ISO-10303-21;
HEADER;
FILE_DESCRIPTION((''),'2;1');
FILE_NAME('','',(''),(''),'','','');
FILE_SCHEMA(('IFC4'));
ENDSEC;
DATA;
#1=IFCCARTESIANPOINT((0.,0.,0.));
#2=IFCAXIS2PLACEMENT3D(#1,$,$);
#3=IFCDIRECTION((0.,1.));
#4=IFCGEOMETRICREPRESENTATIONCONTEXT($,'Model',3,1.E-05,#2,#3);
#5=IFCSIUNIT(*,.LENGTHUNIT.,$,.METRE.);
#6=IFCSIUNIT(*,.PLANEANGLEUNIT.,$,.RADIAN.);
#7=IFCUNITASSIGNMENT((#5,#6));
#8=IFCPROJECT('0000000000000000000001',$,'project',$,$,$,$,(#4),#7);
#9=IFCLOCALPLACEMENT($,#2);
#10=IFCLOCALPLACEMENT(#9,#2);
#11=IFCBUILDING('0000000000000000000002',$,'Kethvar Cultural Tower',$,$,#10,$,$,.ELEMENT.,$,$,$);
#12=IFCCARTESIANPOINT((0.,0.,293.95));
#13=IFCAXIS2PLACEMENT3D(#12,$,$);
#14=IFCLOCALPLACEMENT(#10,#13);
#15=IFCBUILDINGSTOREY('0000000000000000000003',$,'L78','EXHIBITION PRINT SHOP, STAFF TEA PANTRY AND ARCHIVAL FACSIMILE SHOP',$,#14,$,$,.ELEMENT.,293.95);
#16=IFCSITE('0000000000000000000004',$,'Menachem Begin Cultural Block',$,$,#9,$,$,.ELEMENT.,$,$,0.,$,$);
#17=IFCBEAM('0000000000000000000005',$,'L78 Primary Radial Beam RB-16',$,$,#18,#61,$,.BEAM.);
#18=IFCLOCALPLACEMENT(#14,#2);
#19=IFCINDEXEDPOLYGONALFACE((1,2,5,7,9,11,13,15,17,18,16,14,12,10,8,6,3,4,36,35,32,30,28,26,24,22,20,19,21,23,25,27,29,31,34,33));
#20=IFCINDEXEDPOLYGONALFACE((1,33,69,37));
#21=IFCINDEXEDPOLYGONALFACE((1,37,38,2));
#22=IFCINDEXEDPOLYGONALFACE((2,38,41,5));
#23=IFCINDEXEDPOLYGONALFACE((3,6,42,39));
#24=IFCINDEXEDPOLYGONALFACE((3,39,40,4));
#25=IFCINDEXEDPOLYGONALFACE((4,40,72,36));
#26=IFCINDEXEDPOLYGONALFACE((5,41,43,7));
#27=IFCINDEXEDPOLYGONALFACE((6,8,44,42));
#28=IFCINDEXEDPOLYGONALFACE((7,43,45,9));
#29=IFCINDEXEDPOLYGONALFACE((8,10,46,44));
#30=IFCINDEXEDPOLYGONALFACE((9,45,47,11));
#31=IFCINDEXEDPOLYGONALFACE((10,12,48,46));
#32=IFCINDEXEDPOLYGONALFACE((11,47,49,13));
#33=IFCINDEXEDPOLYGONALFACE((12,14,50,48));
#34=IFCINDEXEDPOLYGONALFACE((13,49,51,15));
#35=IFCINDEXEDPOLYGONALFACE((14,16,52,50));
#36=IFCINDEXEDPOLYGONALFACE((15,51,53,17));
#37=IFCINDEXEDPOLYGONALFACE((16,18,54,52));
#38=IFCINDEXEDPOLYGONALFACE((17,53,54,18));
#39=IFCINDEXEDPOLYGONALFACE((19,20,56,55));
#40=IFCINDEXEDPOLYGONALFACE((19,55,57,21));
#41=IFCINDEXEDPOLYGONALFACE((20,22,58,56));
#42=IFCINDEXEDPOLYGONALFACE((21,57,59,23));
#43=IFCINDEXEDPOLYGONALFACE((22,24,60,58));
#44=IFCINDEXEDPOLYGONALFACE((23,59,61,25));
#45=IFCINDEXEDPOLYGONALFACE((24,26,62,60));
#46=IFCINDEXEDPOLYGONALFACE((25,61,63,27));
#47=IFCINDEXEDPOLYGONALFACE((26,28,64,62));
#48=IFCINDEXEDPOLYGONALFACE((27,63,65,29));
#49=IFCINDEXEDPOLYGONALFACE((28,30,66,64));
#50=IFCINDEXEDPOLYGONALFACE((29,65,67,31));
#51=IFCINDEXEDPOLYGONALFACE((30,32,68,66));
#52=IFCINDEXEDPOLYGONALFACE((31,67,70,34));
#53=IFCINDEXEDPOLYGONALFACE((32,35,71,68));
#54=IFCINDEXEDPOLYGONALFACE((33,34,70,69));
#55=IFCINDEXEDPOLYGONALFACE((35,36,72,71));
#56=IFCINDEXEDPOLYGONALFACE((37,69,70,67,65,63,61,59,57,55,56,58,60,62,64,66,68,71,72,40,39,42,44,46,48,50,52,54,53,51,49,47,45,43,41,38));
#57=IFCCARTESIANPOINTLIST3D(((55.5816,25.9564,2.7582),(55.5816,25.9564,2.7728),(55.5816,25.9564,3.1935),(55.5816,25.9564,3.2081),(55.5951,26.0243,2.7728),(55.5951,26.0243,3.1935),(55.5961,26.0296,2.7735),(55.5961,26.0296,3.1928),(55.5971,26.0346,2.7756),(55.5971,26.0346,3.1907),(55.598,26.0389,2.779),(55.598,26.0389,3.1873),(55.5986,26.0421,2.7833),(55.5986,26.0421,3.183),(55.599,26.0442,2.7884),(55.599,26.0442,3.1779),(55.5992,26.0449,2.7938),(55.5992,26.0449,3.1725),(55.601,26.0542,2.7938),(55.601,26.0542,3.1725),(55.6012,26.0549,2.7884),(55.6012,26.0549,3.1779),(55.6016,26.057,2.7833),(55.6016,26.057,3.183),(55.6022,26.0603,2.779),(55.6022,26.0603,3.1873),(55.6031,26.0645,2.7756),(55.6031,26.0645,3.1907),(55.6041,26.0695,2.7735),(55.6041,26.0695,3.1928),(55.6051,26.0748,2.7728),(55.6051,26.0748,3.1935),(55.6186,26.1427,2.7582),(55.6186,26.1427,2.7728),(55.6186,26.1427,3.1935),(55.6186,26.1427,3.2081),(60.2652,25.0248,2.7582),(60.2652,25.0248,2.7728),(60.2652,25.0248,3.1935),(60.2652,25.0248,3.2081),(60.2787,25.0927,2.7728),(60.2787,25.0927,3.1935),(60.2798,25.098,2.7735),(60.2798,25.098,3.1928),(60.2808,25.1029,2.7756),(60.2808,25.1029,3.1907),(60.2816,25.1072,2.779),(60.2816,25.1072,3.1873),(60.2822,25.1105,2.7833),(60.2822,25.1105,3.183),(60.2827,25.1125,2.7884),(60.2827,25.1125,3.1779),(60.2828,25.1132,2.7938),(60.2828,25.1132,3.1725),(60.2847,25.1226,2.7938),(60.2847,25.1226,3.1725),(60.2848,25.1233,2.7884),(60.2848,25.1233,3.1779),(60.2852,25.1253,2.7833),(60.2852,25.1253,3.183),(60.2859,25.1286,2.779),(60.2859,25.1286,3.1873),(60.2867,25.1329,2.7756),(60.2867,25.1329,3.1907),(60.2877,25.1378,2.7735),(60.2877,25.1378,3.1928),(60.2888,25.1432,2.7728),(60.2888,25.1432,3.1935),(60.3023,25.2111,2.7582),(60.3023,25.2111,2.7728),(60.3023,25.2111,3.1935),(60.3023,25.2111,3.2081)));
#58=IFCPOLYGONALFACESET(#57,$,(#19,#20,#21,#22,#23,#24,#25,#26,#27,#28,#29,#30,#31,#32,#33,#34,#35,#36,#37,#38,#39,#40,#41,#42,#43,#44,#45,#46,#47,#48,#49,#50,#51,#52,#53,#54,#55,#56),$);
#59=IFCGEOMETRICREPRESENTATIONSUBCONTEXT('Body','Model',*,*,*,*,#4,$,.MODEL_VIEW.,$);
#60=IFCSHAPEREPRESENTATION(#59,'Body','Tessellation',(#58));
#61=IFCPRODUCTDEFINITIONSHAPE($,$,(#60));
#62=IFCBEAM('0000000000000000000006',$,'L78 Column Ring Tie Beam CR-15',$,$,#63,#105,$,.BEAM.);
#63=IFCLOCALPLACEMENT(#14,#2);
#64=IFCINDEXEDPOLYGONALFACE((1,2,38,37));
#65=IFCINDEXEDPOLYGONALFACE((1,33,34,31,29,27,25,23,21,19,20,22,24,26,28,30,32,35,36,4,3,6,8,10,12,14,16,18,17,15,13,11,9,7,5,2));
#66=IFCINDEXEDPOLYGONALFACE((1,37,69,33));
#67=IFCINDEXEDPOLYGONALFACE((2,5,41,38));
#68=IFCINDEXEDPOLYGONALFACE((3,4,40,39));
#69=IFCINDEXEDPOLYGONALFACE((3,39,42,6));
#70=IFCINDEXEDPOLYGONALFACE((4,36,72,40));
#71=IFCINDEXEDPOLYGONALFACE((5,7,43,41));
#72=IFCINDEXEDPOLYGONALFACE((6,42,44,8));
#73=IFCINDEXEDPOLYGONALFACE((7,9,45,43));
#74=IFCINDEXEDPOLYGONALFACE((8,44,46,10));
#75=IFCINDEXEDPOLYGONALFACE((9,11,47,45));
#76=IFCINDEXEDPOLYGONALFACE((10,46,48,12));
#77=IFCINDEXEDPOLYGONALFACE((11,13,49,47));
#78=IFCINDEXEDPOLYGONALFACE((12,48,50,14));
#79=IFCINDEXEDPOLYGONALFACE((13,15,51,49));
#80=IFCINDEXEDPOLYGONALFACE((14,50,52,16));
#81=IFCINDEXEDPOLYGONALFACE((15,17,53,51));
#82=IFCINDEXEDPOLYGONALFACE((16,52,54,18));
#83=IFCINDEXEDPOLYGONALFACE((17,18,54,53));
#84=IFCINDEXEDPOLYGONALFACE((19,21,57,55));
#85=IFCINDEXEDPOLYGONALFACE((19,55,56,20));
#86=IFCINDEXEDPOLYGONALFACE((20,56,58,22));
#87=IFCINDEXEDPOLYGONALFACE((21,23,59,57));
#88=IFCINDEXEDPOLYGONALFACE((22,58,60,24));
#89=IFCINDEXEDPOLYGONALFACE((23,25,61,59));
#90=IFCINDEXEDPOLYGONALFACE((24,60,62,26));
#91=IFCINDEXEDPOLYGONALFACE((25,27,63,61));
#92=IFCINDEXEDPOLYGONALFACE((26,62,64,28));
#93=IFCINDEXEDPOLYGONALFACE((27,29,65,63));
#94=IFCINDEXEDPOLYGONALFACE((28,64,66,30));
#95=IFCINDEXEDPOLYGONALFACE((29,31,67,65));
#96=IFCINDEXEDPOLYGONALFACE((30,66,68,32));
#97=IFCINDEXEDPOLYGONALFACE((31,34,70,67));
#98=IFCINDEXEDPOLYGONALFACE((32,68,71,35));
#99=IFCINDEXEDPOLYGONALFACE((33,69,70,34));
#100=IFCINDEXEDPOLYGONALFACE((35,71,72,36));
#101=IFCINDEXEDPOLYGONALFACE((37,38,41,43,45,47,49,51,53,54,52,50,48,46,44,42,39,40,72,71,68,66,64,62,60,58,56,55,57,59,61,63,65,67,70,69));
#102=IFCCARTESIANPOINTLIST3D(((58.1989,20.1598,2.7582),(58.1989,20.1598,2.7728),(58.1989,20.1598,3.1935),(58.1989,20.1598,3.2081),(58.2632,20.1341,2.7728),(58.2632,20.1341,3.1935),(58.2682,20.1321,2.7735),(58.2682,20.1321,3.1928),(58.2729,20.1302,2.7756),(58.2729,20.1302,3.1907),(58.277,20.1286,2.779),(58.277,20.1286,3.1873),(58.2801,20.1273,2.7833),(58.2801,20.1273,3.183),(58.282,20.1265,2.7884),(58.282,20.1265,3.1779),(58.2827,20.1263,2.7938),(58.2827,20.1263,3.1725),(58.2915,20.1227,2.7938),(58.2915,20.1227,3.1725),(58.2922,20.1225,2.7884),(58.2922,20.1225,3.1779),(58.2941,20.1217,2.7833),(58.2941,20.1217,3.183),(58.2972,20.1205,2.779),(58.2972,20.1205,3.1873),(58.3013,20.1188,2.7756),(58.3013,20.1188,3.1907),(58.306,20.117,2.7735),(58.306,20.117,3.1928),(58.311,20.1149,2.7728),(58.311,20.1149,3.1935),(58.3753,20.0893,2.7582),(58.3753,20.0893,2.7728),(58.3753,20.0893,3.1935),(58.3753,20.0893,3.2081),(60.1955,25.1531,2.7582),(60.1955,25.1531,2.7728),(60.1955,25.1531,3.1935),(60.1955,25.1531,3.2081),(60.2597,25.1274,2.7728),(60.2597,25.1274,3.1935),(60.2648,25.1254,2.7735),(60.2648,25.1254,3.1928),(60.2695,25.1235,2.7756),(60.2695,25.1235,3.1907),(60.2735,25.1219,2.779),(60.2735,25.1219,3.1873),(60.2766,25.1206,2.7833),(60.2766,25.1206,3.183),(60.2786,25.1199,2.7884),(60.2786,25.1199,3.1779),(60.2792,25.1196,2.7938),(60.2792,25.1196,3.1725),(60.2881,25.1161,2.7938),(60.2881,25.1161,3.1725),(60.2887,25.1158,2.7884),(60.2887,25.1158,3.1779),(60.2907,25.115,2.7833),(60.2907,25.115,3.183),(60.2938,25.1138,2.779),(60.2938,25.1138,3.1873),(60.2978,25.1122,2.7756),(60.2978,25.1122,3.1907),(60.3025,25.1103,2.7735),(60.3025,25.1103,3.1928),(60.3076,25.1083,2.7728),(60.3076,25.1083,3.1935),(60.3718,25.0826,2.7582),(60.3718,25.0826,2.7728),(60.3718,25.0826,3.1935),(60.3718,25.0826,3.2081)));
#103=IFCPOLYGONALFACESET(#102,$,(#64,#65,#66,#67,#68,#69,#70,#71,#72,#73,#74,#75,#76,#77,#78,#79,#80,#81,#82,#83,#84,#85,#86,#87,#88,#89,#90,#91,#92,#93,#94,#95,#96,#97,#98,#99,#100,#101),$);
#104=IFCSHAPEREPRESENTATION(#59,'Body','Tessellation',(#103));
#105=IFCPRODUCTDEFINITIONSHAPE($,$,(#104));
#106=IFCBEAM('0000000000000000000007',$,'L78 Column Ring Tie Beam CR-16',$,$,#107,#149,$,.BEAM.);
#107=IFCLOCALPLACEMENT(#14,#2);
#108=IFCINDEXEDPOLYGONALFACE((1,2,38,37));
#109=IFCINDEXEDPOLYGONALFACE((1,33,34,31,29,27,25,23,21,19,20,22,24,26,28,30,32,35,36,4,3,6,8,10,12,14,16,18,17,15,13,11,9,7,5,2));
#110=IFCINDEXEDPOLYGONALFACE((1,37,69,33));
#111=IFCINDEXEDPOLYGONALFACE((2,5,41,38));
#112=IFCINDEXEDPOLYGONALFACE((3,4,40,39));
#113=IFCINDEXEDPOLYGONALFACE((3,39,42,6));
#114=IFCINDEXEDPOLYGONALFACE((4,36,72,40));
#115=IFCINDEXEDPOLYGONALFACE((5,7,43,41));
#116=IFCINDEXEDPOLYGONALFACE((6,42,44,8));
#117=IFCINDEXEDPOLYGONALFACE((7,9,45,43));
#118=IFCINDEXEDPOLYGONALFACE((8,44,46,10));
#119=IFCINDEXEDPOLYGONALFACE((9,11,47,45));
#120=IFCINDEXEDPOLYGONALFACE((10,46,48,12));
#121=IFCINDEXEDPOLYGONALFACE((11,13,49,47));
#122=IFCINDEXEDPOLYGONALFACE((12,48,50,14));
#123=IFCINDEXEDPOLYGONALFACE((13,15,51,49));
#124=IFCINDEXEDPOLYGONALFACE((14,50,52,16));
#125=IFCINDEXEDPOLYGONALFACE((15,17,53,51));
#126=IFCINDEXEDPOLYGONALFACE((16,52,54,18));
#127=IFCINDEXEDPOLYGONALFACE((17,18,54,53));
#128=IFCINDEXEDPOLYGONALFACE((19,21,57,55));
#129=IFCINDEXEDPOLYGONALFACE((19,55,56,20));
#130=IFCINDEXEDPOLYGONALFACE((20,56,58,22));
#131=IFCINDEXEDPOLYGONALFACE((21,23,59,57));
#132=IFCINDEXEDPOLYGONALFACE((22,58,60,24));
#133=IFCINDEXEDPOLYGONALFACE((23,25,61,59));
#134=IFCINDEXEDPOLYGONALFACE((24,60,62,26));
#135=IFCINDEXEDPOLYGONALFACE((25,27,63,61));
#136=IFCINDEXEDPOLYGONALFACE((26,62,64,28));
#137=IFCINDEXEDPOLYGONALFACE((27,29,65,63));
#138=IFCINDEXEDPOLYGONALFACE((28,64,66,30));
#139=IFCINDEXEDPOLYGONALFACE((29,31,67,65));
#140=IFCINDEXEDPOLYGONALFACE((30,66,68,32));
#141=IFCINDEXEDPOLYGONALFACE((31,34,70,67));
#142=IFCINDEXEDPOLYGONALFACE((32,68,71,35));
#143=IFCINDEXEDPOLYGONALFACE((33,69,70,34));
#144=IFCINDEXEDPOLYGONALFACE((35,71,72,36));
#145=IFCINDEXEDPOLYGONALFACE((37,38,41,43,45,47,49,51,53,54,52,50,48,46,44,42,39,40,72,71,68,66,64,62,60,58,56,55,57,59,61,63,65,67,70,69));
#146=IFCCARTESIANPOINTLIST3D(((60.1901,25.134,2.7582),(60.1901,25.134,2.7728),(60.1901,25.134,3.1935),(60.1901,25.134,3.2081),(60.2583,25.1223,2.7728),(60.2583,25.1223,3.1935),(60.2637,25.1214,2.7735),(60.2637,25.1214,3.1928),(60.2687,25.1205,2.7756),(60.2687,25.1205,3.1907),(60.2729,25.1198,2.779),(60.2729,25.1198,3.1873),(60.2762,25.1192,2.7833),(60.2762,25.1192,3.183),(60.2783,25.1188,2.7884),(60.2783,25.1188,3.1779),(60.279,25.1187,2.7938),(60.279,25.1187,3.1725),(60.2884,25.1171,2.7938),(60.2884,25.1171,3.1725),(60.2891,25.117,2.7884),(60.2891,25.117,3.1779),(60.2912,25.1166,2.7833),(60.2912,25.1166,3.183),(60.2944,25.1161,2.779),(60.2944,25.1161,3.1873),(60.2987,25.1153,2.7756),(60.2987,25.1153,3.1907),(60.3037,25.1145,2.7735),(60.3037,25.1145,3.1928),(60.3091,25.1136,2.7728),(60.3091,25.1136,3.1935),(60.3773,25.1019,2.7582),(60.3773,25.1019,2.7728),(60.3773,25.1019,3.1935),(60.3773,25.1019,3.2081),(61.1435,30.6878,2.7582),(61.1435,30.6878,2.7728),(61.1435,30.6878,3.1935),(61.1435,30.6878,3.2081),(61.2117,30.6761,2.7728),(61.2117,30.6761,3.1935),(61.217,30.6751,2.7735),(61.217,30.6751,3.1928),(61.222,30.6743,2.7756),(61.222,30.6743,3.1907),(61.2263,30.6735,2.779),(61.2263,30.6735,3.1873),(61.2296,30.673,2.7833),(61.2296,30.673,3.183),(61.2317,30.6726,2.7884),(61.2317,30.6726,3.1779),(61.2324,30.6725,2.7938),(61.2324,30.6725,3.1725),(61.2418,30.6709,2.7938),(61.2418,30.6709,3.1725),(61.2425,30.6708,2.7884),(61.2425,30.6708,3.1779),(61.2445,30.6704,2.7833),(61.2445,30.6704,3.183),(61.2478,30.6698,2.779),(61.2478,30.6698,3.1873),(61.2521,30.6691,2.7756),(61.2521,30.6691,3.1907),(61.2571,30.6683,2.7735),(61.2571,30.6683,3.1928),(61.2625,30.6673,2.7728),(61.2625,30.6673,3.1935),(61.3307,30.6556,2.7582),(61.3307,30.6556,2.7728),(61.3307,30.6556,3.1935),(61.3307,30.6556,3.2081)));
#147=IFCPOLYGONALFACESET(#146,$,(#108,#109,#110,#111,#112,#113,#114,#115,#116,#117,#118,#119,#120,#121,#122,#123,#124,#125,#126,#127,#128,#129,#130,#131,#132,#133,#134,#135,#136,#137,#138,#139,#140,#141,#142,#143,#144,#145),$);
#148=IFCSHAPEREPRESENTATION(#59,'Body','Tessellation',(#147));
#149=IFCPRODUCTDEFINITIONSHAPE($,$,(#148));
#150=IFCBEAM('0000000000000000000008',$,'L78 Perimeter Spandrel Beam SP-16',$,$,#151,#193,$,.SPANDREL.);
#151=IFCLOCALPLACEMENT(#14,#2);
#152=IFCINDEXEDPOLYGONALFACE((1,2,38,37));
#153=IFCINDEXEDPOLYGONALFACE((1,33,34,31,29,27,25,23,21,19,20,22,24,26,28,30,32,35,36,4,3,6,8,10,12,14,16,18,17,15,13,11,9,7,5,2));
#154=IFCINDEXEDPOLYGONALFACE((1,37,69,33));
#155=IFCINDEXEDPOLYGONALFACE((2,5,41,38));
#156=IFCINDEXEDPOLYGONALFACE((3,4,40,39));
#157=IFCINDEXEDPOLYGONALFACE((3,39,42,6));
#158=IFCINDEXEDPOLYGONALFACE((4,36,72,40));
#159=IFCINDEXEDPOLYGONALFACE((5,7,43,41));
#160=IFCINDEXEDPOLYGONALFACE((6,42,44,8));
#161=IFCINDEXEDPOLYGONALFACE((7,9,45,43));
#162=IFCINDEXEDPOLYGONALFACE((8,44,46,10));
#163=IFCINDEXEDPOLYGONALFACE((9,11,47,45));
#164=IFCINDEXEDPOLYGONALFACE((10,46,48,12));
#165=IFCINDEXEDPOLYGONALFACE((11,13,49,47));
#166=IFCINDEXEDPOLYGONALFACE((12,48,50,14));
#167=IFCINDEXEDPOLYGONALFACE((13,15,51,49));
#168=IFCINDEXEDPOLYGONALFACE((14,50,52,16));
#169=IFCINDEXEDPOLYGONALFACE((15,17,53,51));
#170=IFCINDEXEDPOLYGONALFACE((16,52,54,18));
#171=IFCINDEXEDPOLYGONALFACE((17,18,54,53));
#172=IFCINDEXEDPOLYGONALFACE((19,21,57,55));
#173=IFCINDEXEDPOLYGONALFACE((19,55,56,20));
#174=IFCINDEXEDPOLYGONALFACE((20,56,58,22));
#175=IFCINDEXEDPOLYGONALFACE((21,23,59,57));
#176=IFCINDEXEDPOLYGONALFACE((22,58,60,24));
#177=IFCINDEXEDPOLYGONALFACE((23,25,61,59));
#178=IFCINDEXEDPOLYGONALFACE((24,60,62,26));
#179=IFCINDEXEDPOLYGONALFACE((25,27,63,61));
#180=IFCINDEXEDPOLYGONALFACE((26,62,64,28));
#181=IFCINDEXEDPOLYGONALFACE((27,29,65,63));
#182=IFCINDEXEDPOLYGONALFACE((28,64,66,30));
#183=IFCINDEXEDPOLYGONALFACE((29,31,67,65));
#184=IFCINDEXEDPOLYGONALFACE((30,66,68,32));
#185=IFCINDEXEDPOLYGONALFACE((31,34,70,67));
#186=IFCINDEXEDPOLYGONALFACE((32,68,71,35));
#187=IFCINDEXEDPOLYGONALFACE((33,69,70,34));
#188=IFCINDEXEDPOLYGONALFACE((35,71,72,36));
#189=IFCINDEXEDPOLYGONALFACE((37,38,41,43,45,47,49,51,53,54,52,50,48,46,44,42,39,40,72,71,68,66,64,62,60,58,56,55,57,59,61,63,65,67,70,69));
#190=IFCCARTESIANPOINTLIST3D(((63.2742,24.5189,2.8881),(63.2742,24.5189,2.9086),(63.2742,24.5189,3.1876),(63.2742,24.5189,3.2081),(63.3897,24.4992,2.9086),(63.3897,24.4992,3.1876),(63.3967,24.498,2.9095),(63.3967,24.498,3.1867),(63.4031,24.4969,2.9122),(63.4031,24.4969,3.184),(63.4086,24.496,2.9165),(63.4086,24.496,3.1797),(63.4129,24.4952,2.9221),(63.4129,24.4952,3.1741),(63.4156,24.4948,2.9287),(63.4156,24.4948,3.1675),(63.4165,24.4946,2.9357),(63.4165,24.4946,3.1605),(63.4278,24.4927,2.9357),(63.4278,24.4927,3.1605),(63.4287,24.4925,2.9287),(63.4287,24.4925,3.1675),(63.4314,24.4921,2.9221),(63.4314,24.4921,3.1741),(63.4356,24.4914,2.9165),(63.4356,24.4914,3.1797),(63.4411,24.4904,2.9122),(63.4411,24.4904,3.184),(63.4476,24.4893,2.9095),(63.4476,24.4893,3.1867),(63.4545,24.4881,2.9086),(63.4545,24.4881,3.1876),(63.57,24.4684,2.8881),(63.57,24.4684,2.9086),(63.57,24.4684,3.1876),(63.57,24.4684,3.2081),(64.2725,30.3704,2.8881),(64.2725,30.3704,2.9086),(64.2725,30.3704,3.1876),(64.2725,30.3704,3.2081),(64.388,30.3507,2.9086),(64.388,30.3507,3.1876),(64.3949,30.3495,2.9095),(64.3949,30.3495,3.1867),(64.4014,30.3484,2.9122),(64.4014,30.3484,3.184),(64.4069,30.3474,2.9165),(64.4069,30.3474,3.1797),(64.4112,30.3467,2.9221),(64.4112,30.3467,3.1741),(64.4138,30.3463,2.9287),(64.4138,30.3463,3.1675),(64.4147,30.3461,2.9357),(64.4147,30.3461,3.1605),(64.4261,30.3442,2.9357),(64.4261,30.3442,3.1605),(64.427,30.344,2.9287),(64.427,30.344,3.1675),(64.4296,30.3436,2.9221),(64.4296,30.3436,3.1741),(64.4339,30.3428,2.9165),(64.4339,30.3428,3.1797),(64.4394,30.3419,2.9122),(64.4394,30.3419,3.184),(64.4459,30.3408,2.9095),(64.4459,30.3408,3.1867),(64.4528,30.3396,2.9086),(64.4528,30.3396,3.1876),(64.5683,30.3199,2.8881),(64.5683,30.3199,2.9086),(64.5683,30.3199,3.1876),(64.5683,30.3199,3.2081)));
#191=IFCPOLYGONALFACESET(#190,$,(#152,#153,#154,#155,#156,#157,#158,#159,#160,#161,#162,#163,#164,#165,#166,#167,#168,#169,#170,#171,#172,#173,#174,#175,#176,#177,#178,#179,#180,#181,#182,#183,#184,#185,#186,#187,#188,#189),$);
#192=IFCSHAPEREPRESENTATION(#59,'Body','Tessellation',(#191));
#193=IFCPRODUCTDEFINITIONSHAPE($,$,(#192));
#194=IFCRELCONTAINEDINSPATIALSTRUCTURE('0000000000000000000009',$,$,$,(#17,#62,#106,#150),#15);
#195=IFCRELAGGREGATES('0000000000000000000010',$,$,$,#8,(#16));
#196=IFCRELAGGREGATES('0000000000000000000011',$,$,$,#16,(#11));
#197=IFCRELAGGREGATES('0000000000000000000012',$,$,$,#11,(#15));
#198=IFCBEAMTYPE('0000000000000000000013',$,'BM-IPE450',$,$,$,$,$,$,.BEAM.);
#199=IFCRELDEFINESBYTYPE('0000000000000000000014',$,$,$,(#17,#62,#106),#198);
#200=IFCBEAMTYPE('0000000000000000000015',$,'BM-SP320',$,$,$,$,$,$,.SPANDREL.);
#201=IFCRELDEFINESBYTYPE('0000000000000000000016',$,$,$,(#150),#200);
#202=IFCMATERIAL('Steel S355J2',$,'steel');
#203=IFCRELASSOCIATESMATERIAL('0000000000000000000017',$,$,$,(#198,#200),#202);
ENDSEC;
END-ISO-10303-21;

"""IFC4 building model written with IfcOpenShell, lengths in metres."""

from ifc_helpers import new_model, si_unit, direction, frame, origin, origin_2d, place, context, subcontext, project, spatial, i_section, extrude, source, transform, mapped, material, material_profile, profile_set, type_object, element, save


model = new_model("IFC4")

# Units and contexts
model_context = context("Model", 3, precision=1e-05, world=origin(), true_north=direction((0.0, 1.0)))
body_context = subcontext(model_context, "Body", "Model", "MODEL_VIEW")
ifc_project = project(units=[si_unit("LENGTHUNIT", "METRE"), si_unit("PLANEANGLEUNIT", "RADIAN")], contexts=[model_context])

# Site, building, storey
site_placement = place(None, origin())
site = spatial("IfcSite", under=ifc_project, at=site_placement, Name="Menachem Begin Cultural Block", CompositionType="ELEMENT", RefElevation=0.0)
building_placement = place(site_placement, origin())
building = spatial("IfcBuilding", under=site, at=building_placement, Name="Kethvar Cultural Tower", CompositionType="ELEMENT")
storey_placement = place(building_placement, frame((0.0, 0.0, 293.95)))
storey = spatial("IfcBuildingStorey", under=building, at=storey_placement, Name="L78", Description="EXHIBITION PRINT SHOP, STAFF TEA PANTRY AND ARCHIVAL FACSIMILE SHOP", CompositionType="ELEMENT", Elevation=293.95)

# Shared definitions
ifc_material_1 = material(Name="Steel S355J2", Category="steel")

# Beams
ifc_material_profile_1 = material_profile(ifc_material_1, i_section(OverallWidth=0.1899, OverallDepth=0.45, WebThickness=0.0095, FlangeThickness=0.0146, FilletRadius=0.021, at=origin_2d()), Name="Steel S355J2 — IPE450")
ifc_profile_set_1 = profile_set([ifc_material_profile_1], Name="Steel S355J2 — IPE450")
beam_type_1 = type_object("IfcBeamType", Name="BM-IPE450", PredefinedType="BEAM", material=ifc_profile_set_1)
shared_shape_1 = source(origin(), body_context, "Body", "SweptSolid", [
    extrude(i_section(OverallWidth=0.1899, OverallDepth=0.45, WebThickness=0.0095, FlangeThickness=0.0146, FilletRadius=0.021, at=origin_2d()), origin(), (0.0, 0.0, 1.0), 4.7754),
])
beam_1_placement = place(storey_placement, frame((55.6001, 26.0496, 2.9832), z_axis=(0.980785, -0.195094, 0.0), x_axis=(0.195094, 0.980785, 0.0)))
element("IfcBeam", 1, at=beam_1_placement, inside=storey, type_object=beam_type_1, Name="L78 Primary Radial Beam RB-16", PredefinedType="BEAM", context=body_context, shape_type="MappedRepresentation", body=[
    mapped(shared_shape_1, transform((0.0, 0.0, 0.0), scale=1.0)),
])
shared_shape_2 = source(origin(), body_context, "Body", "SweptSolid", [
    extrude(i_section(OverallWidth=0.1899, OverallDepth=0.45, WebThickness=0.0095, FlangeThickness=0.0146, FilletRadius=0.021, at=origin_2d()), origin(), (0.0, 0.0, 1.0), 5.3777),
])
beam_2_placement = place(storey_placement, frame((58.2871, 20.1245, 2.9832), z_axis=(0.371265, 0.928527, 0.0), x_axis=(-0.928527, 0.371265, 0.0)))
element("IfcBeam", 2, at=beam_2_placement, inside=storey, type_object=beam_type_1, Name="L78 Column Ring Tie Beam CR-15", PredefinedType="BEAM", context=body_context, shape_type="MappedRepresentation", body=[
    mapped(shared_shape_2, transform((0.0, 0.0, 0.0), scale=1.0)),
])
shared_shape_3 = source(origin(), body_context, "Body", "SweptSolid", [
    extrude(i_section(OverallWidth=0.1899, OverallDepth=0.45, WebThickness=0.0095, FlangeThickness=0.0146, FilletRadius=0.021, at=origin_2d()), origin(), (0.0, 0.0, 1.0), 5.635),
])
beam_3_placement = place(storey_placement, frame((60.2837, 25.1179, 2.9832), z_axis=(0.169189, 0.985584, 0.0), x_axis=(-0.985584, 0.169189, 0.0)))
element("IfcBeam", 3, at=beam_3_placement, inside=storey, type_object=beam_type_1, Name="L78 Column Ring Tie Beam CR-16", PredefinedType="BEAM", context=body_context, shape_type="MappedRepresentation", body=[
    mapped(shared_shape_3, transform((0.0, 0.0, 0.0), scale=1.0)),
])
ifc_material_profile_2 = material_profile(ifc_material_1, i_section(OverallWidth=0.3, OverallDepth=0.3201, WebThickness=0.0115, FlangeThickness=0.0205, FilletRadius=0.0271, at=origin_2d()), Name="Steel S355J2 — HEB320")
ifc_profile_set_2 = profile_set([ifc_material_profile_2], Name="Steel S355J2 — HEB320")
beam_type_2 = type_object("IfcBeamType", Name="BM-SP320", PredefinedType="SPANDREL", material=ifc_profile_set_2)
shared_shape_4 = source(origin(), body_context, "Body", "SweptSolid", [
    extrude(i_section(OverallWidth=0.3, OverallDepth=0.3201, WebThickness=0.0115, FlangeThickness=0.0205, FilletRadius=0.0271, at=origin_2d()), origin(), (0.0, 0.0, 1.0), 5.936),
])
beam_4_placement = place(storey_placement, frame((63.4221, 24.4937, 3.0481), z_axis=(0.168173, 0.985758, 0.0), x_axis=(-0.985758, 0.168173, 0.0)))
element("IfcBeam", 4, at=beam_4_placement, inside=storey, type_object=beam_type_2, Name="L78 Perimeter Spandrel Beam SP-16", PredefinedType="SPANDREL", context=body_context, shape_type="MappedRepresentation", body=[
    mapped(shared_shape_4, transform((0.0, 0.0, 0.0), scale=1.0)),
])

save(model, "model.ifc")
